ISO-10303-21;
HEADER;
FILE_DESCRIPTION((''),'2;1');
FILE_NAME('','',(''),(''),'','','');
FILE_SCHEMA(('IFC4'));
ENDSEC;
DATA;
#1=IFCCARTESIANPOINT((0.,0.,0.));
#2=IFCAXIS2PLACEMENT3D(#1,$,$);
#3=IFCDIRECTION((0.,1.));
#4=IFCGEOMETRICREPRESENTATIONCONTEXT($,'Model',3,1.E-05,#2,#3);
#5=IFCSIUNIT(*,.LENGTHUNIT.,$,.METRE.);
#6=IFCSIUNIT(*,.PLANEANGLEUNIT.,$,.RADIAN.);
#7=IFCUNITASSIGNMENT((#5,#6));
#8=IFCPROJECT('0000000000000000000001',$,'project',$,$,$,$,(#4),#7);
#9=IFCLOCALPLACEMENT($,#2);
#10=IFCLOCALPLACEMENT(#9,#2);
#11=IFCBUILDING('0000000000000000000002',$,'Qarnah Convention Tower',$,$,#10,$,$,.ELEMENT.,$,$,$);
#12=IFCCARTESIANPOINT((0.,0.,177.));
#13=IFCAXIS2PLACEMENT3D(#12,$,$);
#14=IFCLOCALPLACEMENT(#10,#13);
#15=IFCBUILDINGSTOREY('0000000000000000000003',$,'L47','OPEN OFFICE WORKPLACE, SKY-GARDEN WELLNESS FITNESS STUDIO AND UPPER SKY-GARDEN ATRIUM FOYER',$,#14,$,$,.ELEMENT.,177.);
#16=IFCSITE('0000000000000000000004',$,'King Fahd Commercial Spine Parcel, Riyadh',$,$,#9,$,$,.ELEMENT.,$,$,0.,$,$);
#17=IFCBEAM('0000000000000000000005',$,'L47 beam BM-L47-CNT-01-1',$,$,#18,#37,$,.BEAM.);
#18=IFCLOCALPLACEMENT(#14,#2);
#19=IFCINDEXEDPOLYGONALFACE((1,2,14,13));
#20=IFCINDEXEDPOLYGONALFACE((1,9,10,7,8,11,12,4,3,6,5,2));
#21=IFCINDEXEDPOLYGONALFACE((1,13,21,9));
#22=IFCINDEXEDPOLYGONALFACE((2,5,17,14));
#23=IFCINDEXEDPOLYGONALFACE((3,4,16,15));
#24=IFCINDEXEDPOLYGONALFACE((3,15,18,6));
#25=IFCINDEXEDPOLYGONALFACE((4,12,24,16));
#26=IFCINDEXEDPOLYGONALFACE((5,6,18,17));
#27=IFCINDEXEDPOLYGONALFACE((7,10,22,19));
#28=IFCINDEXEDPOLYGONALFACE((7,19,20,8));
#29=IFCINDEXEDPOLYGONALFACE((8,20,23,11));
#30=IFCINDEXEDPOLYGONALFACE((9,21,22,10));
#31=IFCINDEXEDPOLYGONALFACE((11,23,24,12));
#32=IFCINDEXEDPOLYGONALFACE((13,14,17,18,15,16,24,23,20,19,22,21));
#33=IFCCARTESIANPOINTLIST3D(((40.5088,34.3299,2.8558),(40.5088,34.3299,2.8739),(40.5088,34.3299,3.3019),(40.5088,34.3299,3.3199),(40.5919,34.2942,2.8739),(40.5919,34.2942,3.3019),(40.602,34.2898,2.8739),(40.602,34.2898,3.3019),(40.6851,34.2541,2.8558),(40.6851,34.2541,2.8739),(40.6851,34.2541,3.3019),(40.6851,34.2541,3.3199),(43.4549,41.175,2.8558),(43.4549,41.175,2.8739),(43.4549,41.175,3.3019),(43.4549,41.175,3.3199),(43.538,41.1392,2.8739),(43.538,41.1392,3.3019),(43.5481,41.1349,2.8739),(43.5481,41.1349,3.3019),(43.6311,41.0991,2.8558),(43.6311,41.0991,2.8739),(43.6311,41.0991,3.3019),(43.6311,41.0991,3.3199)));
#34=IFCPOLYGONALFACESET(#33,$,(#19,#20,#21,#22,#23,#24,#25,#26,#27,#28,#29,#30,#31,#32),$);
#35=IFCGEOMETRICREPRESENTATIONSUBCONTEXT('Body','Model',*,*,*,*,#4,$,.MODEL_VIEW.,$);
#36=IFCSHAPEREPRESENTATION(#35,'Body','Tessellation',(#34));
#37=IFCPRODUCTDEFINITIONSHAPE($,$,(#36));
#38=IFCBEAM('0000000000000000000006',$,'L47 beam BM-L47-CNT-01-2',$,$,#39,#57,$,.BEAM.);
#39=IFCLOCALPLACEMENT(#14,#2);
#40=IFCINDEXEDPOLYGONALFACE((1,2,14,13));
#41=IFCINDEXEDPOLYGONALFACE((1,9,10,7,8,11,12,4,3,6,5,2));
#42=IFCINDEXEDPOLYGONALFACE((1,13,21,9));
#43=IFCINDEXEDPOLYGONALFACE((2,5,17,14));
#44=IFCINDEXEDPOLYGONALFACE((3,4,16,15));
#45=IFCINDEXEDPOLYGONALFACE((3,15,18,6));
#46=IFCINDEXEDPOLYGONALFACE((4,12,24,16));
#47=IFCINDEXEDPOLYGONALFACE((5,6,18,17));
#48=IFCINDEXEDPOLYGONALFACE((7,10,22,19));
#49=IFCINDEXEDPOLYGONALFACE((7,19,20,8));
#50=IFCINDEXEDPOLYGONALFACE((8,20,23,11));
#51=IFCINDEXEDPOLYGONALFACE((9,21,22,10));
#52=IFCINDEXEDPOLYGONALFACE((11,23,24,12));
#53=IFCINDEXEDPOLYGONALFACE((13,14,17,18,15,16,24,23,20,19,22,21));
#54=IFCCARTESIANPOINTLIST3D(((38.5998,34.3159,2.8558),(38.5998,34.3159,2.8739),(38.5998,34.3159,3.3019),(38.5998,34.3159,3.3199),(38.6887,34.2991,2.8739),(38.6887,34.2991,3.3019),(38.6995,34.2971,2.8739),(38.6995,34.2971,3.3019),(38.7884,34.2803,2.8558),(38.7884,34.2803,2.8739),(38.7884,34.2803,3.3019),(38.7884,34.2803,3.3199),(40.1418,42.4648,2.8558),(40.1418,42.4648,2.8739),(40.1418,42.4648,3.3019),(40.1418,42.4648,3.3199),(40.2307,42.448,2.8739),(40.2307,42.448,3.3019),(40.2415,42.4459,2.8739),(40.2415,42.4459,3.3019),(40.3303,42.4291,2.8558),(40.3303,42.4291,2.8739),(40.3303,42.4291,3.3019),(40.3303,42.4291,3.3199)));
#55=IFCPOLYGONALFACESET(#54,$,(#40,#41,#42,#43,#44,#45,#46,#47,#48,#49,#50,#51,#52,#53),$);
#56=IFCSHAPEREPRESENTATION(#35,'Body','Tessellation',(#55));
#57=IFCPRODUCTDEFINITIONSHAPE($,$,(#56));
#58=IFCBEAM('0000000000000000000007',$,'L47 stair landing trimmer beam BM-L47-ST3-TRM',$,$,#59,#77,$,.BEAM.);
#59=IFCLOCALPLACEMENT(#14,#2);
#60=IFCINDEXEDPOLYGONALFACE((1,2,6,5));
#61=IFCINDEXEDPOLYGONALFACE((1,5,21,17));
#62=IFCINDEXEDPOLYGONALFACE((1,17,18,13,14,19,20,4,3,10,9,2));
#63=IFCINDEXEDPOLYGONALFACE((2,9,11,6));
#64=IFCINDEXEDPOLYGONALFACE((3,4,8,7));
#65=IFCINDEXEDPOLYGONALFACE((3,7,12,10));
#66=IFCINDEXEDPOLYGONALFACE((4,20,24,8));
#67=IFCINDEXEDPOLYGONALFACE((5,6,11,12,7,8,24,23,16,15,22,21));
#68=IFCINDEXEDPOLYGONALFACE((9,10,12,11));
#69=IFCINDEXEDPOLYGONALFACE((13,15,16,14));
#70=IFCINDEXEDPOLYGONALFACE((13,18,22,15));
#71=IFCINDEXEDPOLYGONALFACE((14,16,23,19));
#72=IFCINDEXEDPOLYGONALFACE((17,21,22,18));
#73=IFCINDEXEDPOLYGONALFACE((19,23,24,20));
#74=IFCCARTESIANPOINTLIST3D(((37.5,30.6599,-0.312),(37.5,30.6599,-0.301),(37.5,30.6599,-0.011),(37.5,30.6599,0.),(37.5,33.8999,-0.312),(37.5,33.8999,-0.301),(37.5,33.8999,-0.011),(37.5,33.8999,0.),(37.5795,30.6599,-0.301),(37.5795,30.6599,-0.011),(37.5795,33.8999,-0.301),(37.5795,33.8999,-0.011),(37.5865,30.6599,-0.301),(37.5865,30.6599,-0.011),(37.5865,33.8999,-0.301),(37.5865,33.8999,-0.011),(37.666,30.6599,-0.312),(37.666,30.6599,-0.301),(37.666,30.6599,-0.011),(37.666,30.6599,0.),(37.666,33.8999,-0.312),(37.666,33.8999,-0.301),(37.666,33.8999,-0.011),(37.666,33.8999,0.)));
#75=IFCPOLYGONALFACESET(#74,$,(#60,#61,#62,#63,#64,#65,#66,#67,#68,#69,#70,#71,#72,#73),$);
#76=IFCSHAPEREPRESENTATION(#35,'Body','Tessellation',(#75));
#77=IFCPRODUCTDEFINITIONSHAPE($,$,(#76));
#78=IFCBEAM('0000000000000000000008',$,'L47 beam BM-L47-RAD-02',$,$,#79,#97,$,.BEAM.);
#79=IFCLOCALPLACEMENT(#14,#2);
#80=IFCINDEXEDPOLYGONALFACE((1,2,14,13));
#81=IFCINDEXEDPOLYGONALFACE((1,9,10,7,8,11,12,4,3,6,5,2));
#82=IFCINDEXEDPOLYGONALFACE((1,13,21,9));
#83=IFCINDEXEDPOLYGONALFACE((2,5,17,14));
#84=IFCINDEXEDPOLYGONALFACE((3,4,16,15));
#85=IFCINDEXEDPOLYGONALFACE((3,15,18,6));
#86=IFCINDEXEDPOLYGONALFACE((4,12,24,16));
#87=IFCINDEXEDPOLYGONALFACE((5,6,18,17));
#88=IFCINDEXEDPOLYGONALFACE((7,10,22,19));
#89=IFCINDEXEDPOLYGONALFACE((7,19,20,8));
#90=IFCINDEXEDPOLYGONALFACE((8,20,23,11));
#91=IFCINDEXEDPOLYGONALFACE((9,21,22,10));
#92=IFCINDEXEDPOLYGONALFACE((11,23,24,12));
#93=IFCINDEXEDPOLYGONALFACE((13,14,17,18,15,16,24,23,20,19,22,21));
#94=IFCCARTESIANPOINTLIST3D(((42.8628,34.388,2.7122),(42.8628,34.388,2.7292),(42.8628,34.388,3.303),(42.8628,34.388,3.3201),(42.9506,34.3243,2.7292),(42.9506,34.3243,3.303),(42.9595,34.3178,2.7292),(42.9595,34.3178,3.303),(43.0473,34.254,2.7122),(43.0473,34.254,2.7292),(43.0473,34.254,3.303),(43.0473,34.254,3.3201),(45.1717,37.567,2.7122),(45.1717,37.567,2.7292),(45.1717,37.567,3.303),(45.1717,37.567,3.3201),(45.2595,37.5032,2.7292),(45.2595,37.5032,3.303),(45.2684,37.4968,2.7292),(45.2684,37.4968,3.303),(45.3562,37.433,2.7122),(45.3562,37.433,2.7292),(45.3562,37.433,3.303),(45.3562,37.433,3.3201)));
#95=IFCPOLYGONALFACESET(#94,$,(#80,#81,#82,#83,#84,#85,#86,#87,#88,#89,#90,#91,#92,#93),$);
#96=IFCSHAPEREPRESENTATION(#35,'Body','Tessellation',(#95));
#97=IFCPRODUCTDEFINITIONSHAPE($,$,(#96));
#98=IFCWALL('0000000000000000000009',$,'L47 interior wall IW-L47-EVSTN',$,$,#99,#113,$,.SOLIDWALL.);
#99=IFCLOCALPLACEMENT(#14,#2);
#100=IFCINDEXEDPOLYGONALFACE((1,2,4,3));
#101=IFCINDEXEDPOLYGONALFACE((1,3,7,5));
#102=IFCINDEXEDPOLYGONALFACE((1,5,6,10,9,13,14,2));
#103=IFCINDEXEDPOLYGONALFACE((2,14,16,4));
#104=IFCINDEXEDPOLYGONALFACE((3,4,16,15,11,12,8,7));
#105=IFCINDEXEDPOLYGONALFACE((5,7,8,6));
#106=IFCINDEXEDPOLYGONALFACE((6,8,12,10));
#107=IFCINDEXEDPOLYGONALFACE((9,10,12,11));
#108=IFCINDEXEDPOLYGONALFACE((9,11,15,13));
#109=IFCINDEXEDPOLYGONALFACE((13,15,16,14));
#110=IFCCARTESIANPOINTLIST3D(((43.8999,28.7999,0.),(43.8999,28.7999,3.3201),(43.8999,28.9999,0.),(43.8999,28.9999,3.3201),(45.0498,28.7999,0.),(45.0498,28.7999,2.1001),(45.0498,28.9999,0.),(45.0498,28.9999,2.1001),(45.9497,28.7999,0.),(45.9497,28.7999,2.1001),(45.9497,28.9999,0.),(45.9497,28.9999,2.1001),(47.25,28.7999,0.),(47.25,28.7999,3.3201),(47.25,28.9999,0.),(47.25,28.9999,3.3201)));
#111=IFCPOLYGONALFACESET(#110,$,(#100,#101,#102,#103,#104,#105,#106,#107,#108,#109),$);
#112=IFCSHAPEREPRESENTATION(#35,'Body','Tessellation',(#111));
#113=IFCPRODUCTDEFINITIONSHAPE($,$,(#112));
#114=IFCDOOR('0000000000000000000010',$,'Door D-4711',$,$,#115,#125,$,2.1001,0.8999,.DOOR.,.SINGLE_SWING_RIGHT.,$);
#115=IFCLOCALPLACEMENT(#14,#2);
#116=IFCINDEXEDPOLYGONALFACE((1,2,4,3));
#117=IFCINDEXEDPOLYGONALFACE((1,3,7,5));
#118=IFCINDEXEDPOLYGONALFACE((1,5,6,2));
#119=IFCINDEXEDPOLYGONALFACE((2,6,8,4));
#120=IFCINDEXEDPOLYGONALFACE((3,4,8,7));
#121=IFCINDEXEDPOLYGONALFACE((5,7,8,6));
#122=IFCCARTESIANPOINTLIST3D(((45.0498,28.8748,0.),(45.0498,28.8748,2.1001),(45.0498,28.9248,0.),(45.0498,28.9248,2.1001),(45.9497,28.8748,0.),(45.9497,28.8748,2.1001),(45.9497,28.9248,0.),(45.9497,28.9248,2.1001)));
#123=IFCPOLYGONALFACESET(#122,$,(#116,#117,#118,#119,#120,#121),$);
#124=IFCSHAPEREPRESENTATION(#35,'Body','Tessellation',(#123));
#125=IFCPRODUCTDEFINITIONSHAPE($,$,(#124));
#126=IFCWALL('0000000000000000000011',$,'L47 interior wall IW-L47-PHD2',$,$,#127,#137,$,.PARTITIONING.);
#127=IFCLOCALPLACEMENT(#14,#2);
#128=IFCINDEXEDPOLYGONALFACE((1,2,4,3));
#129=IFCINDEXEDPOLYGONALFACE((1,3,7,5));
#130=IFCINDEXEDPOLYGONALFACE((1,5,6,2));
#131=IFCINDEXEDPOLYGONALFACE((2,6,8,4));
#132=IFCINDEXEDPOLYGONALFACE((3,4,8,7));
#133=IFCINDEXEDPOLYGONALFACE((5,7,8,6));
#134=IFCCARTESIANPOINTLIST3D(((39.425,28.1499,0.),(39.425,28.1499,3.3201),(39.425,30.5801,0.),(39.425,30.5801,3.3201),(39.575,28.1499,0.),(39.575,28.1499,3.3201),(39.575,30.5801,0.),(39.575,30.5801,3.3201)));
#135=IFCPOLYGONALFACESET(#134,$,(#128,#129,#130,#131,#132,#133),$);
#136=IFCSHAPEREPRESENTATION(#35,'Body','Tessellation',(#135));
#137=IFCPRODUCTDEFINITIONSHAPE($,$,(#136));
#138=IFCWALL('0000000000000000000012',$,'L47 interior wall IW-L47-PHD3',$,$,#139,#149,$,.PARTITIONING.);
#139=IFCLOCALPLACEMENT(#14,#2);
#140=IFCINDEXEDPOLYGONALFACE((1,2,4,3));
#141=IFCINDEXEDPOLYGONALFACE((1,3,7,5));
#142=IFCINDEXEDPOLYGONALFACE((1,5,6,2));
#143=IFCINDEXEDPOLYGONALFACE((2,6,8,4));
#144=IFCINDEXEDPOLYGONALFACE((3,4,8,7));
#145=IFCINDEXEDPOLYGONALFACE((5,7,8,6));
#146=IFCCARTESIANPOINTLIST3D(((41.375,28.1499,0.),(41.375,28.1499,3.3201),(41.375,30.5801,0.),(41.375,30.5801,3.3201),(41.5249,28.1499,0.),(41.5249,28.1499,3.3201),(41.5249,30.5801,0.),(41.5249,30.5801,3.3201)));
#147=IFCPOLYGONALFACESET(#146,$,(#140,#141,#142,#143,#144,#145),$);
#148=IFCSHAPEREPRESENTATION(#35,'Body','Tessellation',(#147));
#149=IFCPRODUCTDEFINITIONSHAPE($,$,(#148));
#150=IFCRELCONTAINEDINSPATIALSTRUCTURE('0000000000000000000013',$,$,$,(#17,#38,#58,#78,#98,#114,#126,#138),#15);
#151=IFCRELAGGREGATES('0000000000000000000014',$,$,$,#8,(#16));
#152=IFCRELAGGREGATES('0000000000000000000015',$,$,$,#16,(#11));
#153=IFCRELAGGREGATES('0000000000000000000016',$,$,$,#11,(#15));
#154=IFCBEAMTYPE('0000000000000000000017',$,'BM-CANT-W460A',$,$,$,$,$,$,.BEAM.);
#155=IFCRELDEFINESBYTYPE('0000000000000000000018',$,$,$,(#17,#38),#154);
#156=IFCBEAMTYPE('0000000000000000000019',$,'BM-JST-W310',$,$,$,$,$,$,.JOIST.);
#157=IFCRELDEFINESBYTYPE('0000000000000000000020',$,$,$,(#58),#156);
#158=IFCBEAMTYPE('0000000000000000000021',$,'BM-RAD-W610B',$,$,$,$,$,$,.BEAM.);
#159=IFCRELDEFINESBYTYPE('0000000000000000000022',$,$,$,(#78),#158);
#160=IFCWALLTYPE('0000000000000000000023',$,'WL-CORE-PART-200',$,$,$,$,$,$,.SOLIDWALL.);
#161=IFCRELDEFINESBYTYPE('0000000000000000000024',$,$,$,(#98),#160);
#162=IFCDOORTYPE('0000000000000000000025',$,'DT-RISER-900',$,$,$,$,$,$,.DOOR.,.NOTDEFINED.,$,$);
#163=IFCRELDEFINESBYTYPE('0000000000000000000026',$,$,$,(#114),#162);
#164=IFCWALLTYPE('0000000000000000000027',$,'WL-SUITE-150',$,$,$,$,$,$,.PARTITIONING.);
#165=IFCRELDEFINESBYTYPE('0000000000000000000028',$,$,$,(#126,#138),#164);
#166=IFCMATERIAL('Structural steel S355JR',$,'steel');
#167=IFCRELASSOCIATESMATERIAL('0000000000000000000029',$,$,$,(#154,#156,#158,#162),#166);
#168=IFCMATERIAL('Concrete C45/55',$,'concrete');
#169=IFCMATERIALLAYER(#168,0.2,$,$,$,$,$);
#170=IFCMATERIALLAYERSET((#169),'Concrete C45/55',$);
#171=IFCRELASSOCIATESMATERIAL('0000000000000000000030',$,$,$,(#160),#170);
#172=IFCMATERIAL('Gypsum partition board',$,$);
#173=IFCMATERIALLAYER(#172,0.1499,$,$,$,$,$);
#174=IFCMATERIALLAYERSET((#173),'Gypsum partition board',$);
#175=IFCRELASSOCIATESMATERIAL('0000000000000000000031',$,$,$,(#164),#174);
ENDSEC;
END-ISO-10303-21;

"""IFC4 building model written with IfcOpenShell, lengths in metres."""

from ifc_helpers import new_model, si_unit, direction, frame, frame_2d, origin, origin_2d, place, context, subcontext, project, spatial, rectangle, i_section, extrude, material, layer, layer_set, material_profile, profile_set, type_object, element, fill, save


model = new_model("IFC4")

# Units and contexts
model_context = context("Model", 3, precision=1e-05, world=origin(), true_north=direction((0.0, 1.0)))
body_context = subcontext(model_context, "Body", "Model", "MODEL_VIEW")
ifc_project = project(units=[si_unit("LENGTHUNIT", "METRE"), si_unit("PLANEANGLEUNIT", "RADIAN")], contexts=[model_context])

# Site, building, storey
site_placement = place(None, origin())
site = spatial("IfcSite", under=ifc_project, at=site_placement, Name="King Fahd Commercial Spine Parcel, Riyadh", CompositionType="ELEMENT", RefElevation=0.0)
building_placement = place(site_placement, origin())
building = spatial("IfcBuilding", under=site, at=building_placement, Name="Qarnah Convention Tower", CompositionType="ELEMENT")
storey_placement = place(building_placement, frame((0.0, 0.0, 177.0)))
storey = spatial("IfcBuildingStorey", under=building, at=storey_placement, Name="L47", Description="OPEN OFFICE WORKPLACE, SKY-GARDEN WELLNESS FITNESS STUDIO AND UPPER SKY-GARDEN ATRIUM FOYER", CompositionType="ELEMENT", Elevation=177.0)

# Beams
ifc_material_1 = material(Name="Structural steel S355JR", Category="steel")
ifc_material_profile_1 = material_profile(ifc_material_1, i_section(OverallWidth=0.1919, OverallDepth=0.4641, WebThickness=0.011, FlangeThickness=0.0181, at=origin_2d()), Name="W460X89")
ifc_profile_set_1 = profile_set([ifc_material_profile_1], Name="Structural steel S355JR")
beam_type_1 = type_object("IfcBeamType", Name="BM-CANT-W460A", PredefinedType="BEAM", material=ifc_profile_set_1)
beam_1_placement = place(storey_placement, frame((40.5969, 34.292, 3.0879), z_axis=(0.395334, 0.918537, 0.0), x_axis=(-0.918537, 0.395334, 0.0)))
element("IfcBeam", 1, at=beam_1_placement, inside=storey, type_object=beam_type_1, Name="L47 beam BM-L47-CNT-01-1", PredefinedType="BEAM", context=body_context, shape_type="SweptSolid", body=[
    extrude(i_section(OverallWidth=0.1919, OverallDepth=0.4641, WebThickness=0.011, FlangeThickness=0.0181, at=origin_2d()), origin(), (0.0, 0.0, 1.0), 7.4521),
])
beam_2_placement = place(storey_placement, frame((38.6941, 34.2981, 3.0879), z_axis=(0.185927, 0.982564, 0.0), x_axis=(-0.982564, 0.185927, 0.0)))
element("IfcBeam", 2, at=beam_2_placement, inside=storey, type_object=beam_type_1, Name="L47 beam BM-L47-CNT-01-2", PredefinedType="BEAM", context=body_context, shape_type="SweptSolid", body=[
    extrude(i_section(OverallWidth=0.1919, OverallDepth=0.4641, WebThickness=0.011, FlangeThickness=0.0181, at=origin_2d()), origin(), (0.0, 0.0, 1.0), 8.2935),
])
ifc_material_profile_2 = material_profile(ifc_material_1, i_section(OverallWidth=0.166, OverallDepth=0.312, WebThickness=0.0071, FlangeThickness=0.011, at=origin_2d()), Name="W310X45")
ifc_profile_set_2 = profile_set([ifc_material_profile_2], Name="Structural steel S355JR")
beam_type_2 = type_object("IfcBeamType", Name="BM-JST-W310", PredefinedType="JOIST", material=ifc_profile_set_2)
beam_3_placement = place(storey_placement, frame((37.583, 30.6599, -0.156), z_axis=(0.0, 1.0, 0.0), x_axis=(-1.0, 0.0, 0.0)))
element("IfcBeam", 3, at=beam_3_placement, inside=storey, type_object=beam_type_2, Name="L47 stair landing trimmer beam BM-L47-ST3-TRM", PredefinedType="BEAM", context=body_context, shape_type="SweptSolid", body=[
    extrude(i_section(OverallWidth=0.166, OverallDepth=0.312, WebThickness=0.0071, FlangeThickness=0.011, at=origin_2d()), origin(), (0.0, 0.0, 1.0), 3.24),
])
ifc_material_profile_3 = material_profile(ifc_material_1, i_section(OverallWidth=0.228, OverallDepth=0.6079, WebThickness=0.011, FlangeThickness=0.0171, at=origin_2d()), Name="W610X113")
ifc_profile_set_3 = profile_set([ifc_material_profile_3], Name="Structural steel S355JR")
beam_type_3 = type_object("IfcBeamType", Name="BM-RAD-W610B", PredefinedType="BEAM", material=ifc_profile_set_3)
beam_4_placement = place(storey_placement, frame((42.9551, 34.321, 3.0161), z_axis=(0.587651, 0.809115, 0.0), x_axis=(-0.809115, 0.587651, 0.0)))
element("IfcBeam", 4, at=beam_4_placement, inside=storey, type_object=beam_type_3, Name="L47 beam BM-L47-RAD-02", PredefinedType="BEAM", context=body_context, shape_type="SweptSolid", body=[
    extrude(i_section(OverallWidth=0.228, OverallDepth=0.6079, WebThickness=0.011, FlangeThickness=0.0171, at=origin_2d()), origin(), (0.0, 0.0, 1.0), 3.929),
])

# Wall, opening, door
ifc_material_2 = material(Name="Concrete C45/55", Category="concrete")
ifc_layer_1 = layer(ifc_material_2, 0.2)
ifc_layer_set_1 = layer_set([ifc_layer_1], Name="Concrete C45/55")
wall_type_1 = type_object("IfcWallType", Name="WL-CORE-PART-200", PredefinedType="SOLIDWALL", material=ifc_layer_set_1)
wall_1_placement = place(storey_placement, frame((43.8999, 28.8999, 0.0), z_axis=(0.0, 0.0, 1.0), x_axis=(1.0, 0.0, 0.0)))
wall_1 = element("IfcWall", 5, at=wall_1_placement, inside=storey, type_object=wall_type_1, Name="L47 interior wall IW-L47-EVSTN", PredefinedType="SOLIDWALL", context=body_context, shape_type="SweptSolid", body=[
    extrude(rectangle(XDim=3.3501, YDim=0.2, at=frame_2d((1.675, 0.0))), origin(), (0.0, 0.0, 1.0), 3.3201),
])
opening_1_placement = place(wall_1_placement, frame((1.1499, 0.0, 0.0)))
opening_1 = element("IfcOpeningElement", 6, at=opening_1_placement, cuts=wall_1, PredefinedType="OPENING", context=body_context, shape_type="SweptSolid", body=[
    extrude(rectangle(XDim=0.8999, YDim=2.1001, at=frame_2d((0.45, 1.05))), frame((0.0, 0.1099, 0.0), z_axis=(0.0, -1.0, 0.0), x_axis=(1.0, 0.0, 0.0)), (0.0, 0.0, 1.0), 0.22),
])
door_type_1 = type_object("IfcDoorType", Name="DT-RISER-900", OperationType="NOTDEFINED", PredefinedType="DOOR", material=ifc_material_1)
door_1_placement = place(opening_1_placement, origin())
door_1 = element("IfcDoor", 7, at=door_1_placement, inside=storey, type_object=door_type_1, Name="Door D-4711", OperationType="SINGLE_SWING_RIGHT", OverallHeight=2.1001, OverallWidth=0.8999, PredefinedType="DOOR", context=body_context, shape_type="SweptSolid", body=[
    extrude(rectangle(XDim=0.8999, YDim=2.1001, at=frame_2d((0.45, 1.05))), frame((0.0, 0.0249, 0.0), z_axis=(0.0, -1.0, 0.0), x_axis=(1.0, 0.0, 0.0)), (0.0, 0.0, 1.0), 0.05),
])
fill(opening_1, door_1)

# Walls
ifc_material_3 = material(Name="Gypsum partition board")
ifc_layer_2 = layer(ifc_material_3, 0.1499)
ifc_layer_set_2 = layer_set([ifc_layer_2], Name="Gypsum partition board")
wall_type_2 = type_object("IfcWallType", Name="WL-SUITE-150", PredefinedType="PARTITIONING", material=ifc_layer_set_2)
for number, where, z_axis, x_axis, name in (
    (8, (39.5, 28.1499, 0.0), (0.0, 0.0, 1.0), (0.0, 1.0, 0.0), "L47 interior wall IW-L47-PHD2"),
    (9, (41.45, 28.1499, 0.0), (0.0, 0.0, 1.0), (0.0, 1.0, 0.0), "L47 interior wall IW-L47-PHD3"),
):
    element("IfcWall", number, at=place(storey_placement, frame(where, z_axis=z_axis, x_axis=x_axis)), inside=storey, type_object=wall_type_2, Name=name, PredefinedType="PARTITIONING", context=body_context, shape_type="SweptSolid", body=[
        extrude(rectangle(XDim=2.4302, YDim=0.1499, at=frame_2d((1.2151, 0.0))), origin(), (0.0, 0.0, 1.0), 3.3201),
    ])

save(model, "model.ifc")
